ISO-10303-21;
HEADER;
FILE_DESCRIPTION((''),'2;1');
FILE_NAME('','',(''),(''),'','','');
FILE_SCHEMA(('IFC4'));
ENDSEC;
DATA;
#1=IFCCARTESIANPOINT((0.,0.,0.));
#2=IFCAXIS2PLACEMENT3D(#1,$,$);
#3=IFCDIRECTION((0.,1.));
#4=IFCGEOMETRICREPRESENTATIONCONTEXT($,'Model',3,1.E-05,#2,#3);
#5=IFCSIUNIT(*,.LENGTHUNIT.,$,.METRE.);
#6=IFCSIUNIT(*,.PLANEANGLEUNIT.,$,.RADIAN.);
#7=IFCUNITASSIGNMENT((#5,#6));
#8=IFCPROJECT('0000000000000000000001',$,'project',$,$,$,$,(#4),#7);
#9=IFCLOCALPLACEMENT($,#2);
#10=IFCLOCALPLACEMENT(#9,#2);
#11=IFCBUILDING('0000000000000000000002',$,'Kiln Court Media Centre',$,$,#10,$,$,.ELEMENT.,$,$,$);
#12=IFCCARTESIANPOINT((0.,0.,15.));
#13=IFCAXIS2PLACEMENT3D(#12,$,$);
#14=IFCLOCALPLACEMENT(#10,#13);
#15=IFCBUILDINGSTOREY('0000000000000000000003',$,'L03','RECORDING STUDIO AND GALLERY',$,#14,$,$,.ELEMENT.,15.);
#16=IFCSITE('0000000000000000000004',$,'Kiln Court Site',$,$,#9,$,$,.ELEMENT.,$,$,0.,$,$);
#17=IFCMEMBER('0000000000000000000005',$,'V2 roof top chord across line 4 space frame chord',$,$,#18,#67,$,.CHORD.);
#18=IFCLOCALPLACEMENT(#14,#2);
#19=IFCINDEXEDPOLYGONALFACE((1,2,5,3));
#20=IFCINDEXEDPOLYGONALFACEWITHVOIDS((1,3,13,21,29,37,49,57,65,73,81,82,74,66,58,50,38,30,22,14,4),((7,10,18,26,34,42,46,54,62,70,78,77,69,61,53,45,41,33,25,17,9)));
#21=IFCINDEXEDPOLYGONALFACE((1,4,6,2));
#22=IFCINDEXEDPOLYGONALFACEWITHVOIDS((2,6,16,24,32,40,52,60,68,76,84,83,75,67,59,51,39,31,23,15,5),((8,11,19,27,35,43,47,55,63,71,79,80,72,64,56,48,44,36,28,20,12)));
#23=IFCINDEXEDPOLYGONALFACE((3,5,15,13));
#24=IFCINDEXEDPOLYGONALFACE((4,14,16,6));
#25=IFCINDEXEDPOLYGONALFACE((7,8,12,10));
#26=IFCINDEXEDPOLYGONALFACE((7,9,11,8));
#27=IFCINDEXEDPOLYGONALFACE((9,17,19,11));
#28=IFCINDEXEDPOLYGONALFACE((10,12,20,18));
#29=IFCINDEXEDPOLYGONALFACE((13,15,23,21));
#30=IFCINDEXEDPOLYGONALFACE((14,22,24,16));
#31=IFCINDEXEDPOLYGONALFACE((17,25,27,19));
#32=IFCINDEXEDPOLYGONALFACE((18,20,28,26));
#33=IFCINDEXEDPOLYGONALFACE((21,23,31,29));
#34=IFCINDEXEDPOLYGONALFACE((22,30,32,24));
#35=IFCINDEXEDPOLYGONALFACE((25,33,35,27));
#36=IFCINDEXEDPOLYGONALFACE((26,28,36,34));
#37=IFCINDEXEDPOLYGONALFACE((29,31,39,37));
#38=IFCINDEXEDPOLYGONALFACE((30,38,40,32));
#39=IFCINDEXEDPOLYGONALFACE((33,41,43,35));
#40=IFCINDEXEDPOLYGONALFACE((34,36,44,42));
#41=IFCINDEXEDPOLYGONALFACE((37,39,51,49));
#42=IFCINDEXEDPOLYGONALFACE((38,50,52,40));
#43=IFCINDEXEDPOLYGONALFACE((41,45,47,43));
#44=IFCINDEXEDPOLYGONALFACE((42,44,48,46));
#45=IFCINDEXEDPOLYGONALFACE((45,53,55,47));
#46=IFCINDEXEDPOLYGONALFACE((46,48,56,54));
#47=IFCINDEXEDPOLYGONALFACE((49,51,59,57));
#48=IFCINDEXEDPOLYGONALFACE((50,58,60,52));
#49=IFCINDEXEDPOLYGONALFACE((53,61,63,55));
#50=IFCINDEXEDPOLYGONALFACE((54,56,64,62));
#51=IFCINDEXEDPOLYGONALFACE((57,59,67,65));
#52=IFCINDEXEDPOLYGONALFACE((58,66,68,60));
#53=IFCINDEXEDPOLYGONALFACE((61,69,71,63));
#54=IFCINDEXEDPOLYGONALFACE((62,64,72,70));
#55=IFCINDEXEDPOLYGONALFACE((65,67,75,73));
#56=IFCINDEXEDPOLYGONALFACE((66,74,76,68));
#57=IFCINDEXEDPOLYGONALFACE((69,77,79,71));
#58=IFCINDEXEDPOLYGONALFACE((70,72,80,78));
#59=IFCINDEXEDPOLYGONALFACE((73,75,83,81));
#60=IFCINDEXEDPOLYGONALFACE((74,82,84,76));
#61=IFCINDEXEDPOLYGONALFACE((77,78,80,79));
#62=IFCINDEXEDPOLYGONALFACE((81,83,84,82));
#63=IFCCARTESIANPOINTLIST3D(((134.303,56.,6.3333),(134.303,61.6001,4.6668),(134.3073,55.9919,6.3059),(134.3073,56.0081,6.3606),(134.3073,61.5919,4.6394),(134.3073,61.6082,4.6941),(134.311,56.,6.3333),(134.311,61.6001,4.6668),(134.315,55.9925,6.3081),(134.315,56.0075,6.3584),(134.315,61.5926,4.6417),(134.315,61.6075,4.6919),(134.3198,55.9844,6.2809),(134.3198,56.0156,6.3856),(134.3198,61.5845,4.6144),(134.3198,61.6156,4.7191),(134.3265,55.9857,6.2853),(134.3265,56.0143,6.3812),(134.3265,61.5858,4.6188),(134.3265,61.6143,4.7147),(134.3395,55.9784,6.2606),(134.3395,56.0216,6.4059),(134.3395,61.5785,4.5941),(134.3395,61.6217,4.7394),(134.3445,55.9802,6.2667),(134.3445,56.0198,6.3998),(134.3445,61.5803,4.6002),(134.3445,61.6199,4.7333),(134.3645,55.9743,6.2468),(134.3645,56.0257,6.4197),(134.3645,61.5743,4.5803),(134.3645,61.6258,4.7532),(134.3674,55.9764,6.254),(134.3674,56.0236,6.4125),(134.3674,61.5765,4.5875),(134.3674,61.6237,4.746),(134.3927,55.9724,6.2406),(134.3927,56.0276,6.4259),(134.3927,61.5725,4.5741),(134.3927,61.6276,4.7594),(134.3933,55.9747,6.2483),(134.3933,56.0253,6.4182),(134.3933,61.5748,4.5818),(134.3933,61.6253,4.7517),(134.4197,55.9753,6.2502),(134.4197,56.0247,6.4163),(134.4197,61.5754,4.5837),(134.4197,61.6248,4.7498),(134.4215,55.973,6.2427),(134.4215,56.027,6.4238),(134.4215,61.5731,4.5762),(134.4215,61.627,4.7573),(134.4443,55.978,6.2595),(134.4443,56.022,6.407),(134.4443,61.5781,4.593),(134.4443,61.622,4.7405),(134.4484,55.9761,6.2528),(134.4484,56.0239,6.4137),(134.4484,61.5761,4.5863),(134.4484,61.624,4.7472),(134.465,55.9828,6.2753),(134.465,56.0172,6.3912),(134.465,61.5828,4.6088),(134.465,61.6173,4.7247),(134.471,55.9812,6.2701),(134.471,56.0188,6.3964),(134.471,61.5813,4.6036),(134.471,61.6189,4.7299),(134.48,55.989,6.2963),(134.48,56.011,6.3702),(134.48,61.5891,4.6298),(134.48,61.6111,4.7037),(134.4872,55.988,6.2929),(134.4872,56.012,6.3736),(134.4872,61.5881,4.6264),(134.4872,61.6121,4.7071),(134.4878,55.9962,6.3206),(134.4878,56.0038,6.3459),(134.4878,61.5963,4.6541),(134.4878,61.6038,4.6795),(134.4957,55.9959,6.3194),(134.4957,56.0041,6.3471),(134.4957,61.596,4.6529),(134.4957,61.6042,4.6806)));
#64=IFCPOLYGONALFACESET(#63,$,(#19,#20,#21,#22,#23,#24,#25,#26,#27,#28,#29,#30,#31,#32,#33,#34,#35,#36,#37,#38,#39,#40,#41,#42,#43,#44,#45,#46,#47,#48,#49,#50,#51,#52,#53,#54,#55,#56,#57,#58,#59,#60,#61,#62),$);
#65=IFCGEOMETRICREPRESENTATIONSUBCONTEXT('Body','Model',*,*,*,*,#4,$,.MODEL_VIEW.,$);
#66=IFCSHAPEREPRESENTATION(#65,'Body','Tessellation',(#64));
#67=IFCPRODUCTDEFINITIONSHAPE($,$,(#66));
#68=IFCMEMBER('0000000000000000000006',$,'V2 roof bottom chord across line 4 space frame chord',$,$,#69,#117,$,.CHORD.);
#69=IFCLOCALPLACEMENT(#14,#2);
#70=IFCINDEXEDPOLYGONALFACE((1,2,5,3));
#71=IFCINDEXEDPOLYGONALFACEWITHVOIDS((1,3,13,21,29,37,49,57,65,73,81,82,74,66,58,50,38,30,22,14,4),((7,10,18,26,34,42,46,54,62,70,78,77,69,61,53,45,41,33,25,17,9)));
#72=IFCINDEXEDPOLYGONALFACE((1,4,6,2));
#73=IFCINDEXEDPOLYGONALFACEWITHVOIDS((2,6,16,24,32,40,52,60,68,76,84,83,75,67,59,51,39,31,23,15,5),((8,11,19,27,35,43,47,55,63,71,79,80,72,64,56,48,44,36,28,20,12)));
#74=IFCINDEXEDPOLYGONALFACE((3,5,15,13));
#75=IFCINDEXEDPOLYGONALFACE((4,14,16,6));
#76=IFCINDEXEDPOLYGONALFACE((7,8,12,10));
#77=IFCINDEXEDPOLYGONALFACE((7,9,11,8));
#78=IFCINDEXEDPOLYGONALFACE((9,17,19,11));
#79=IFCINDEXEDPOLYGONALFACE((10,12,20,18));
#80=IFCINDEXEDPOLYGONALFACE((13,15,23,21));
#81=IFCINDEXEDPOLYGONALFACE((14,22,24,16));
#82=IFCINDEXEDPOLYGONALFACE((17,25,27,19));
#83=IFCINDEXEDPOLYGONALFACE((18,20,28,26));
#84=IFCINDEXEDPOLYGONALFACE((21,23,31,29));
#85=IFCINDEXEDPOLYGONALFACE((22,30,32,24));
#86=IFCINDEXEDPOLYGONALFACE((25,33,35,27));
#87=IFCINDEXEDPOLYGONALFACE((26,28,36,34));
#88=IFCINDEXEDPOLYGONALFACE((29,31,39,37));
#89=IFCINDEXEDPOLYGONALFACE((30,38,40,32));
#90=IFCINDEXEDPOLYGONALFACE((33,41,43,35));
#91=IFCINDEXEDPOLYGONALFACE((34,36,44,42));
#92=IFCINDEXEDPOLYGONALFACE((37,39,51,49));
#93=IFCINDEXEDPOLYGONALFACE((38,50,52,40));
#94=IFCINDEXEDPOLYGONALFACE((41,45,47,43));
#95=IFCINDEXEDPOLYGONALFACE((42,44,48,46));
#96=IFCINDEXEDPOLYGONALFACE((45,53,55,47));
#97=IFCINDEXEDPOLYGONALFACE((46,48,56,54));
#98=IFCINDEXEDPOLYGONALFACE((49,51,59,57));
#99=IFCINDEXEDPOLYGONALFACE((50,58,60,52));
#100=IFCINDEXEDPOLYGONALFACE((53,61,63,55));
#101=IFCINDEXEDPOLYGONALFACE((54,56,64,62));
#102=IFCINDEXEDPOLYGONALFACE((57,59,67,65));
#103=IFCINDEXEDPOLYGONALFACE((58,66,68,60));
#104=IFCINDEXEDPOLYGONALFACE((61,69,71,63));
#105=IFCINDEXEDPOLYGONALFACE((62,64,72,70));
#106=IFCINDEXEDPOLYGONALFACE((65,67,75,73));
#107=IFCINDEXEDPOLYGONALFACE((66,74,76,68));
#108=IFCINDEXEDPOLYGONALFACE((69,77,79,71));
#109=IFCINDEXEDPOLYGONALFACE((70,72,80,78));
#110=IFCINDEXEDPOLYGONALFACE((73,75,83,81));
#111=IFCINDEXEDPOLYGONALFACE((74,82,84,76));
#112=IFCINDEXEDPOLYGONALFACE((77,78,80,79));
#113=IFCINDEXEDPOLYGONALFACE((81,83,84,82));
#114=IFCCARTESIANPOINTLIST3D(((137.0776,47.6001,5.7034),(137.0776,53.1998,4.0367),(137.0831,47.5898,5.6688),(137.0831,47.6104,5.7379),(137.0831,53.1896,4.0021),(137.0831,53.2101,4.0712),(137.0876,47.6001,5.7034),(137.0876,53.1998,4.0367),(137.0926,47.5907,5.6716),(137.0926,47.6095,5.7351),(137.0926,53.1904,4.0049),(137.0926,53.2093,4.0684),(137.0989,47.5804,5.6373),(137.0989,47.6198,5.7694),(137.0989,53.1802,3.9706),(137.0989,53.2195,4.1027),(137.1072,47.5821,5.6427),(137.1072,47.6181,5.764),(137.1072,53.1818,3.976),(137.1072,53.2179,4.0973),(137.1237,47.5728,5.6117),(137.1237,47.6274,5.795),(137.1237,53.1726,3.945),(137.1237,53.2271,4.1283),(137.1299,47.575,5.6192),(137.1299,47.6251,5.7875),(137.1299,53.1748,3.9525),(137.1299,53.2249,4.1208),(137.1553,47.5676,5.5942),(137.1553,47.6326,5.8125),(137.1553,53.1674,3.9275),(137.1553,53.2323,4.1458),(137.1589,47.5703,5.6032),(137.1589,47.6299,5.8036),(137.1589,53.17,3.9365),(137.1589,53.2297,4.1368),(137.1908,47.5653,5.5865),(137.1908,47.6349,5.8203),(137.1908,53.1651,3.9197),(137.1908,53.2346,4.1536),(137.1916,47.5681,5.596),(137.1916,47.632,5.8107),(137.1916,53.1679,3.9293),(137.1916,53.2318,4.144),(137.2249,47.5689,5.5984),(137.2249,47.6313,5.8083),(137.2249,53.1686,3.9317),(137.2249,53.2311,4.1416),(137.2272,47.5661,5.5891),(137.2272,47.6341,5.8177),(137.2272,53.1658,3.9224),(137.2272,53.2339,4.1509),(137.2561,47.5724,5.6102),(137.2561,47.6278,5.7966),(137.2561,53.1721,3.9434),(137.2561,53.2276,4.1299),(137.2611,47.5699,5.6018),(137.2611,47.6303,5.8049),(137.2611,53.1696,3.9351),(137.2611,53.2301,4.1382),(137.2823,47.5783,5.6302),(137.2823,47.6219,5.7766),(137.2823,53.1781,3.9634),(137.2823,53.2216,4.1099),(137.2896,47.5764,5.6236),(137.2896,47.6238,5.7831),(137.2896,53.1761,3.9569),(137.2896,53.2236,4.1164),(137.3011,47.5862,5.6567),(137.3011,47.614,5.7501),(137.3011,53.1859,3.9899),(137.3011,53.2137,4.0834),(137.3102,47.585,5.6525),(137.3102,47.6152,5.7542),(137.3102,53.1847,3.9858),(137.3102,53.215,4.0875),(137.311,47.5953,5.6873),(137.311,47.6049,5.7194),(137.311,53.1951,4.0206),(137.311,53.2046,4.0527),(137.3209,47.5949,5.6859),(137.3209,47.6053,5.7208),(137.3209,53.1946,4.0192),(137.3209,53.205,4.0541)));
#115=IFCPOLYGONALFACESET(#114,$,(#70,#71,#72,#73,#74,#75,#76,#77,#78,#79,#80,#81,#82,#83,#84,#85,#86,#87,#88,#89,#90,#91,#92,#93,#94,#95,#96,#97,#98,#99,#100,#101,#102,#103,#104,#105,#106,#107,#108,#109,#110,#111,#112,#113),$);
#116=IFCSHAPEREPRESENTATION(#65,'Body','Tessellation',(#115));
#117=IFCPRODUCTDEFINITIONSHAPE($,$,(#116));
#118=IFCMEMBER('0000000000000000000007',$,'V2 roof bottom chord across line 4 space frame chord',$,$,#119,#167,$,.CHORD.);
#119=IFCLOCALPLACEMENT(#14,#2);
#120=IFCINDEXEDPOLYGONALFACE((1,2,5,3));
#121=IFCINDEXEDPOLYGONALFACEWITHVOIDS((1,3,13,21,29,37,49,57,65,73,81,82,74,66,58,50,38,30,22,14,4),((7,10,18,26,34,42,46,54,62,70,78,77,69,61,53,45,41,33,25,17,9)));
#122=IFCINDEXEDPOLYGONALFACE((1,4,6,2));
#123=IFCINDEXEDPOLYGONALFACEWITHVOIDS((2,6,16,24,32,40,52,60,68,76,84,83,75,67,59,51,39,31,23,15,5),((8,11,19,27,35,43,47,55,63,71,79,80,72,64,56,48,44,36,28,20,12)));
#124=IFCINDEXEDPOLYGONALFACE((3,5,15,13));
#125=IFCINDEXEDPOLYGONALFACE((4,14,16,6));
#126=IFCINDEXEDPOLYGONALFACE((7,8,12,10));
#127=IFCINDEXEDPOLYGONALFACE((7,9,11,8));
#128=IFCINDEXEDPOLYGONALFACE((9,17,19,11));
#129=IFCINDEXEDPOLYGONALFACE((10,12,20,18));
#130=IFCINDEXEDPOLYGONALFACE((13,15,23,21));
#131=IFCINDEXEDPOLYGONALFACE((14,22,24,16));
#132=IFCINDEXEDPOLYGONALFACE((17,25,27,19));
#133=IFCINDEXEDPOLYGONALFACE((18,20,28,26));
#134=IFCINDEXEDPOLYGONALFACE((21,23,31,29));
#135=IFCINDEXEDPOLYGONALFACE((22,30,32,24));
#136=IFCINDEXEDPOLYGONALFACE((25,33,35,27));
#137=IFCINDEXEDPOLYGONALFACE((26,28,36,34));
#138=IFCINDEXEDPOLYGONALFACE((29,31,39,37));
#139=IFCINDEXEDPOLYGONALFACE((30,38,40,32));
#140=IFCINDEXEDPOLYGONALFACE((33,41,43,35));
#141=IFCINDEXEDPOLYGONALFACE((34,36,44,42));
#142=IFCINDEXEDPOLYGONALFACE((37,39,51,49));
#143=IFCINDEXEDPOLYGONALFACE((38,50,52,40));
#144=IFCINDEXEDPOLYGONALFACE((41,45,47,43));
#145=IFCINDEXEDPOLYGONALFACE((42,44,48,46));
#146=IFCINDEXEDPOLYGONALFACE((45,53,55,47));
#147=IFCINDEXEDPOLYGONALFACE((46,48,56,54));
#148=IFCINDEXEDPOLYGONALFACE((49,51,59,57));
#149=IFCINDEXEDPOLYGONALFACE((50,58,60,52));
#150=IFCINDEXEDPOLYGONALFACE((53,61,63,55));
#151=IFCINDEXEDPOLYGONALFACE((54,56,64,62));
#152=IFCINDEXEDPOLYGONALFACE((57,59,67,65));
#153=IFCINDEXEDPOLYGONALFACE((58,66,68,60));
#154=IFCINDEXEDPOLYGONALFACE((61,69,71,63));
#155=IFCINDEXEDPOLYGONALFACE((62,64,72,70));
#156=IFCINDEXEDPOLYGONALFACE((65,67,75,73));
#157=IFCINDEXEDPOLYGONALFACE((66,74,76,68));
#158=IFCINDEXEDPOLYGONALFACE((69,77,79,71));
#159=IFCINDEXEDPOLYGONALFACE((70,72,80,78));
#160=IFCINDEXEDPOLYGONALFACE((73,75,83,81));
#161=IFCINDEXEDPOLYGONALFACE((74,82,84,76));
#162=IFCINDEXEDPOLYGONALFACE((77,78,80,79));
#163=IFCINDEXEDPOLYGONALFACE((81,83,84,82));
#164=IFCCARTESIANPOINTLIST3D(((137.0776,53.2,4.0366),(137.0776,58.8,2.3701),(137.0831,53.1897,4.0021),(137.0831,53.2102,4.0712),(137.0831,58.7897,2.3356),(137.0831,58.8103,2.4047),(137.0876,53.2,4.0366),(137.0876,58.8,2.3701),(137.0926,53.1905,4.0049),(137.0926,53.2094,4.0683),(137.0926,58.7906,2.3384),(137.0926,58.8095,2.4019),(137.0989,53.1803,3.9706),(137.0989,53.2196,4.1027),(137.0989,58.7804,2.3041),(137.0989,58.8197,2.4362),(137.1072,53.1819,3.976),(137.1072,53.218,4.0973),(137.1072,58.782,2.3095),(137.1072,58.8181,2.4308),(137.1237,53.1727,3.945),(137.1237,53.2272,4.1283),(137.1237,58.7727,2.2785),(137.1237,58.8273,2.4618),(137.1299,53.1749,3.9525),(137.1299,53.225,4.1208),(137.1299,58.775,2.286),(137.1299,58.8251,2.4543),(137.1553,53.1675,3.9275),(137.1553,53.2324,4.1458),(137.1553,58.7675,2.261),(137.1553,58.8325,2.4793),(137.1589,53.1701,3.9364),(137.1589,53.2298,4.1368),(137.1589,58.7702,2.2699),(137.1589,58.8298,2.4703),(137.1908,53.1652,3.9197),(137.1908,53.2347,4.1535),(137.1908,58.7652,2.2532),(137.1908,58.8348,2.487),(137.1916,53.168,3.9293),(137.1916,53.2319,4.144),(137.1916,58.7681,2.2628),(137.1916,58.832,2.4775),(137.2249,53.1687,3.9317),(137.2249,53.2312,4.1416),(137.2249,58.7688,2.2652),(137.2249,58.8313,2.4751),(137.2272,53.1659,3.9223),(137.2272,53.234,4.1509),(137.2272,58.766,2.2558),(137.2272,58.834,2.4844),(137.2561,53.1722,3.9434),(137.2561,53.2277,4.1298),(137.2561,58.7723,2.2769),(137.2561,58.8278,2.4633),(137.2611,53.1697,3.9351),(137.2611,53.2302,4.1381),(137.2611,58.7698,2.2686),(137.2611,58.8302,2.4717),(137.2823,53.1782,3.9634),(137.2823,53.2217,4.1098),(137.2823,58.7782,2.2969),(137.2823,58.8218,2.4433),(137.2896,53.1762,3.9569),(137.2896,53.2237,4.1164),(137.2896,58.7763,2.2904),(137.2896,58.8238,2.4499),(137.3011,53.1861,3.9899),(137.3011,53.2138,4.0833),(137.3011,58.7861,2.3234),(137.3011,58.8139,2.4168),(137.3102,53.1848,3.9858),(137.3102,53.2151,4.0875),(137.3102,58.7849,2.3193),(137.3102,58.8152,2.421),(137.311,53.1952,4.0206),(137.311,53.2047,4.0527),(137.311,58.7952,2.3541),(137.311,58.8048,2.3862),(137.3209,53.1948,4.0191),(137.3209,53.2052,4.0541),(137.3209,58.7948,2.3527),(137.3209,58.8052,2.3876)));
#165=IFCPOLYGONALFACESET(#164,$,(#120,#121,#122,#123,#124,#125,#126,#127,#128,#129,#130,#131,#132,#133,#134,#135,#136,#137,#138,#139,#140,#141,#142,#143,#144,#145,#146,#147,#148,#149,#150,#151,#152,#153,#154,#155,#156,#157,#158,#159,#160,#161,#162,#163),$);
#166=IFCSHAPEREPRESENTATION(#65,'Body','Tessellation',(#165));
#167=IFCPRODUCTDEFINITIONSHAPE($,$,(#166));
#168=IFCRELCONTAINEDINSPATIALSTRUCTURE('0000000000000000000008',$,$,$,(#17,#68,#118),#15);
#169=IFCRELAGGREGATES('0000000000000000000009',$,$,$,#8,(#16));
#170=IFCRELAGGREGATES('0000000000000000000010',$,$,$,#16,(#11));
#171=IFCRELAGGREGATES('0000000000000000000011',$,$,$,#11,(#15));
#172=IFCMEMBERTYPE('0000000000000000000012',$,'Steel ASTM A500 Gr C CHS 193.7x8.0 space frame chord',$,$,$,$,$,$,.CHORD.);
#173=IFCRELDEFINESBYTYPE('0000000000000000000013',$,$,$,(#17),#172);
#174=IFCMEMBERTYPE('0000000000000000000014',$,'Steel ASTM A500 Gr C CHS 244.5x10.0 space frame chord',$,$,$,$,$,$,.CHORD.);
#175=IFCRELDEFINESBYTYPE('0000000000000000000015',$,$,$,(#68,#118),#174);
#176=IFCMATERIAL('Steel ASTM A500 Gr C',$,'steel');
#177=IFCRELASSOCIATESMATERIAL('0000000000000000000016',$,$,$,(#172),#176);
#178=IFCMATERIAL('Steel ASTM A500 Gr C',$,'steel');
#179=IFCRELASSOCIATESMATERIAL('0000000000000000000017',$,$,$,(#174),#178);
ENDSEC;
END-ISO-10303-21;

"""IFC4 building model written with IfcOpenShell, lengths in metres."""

from ifc_helpers import new_model, si_unit, direction, frame, origin, origin_2d, place, context, subcontext, project, spatial, hollow_circle, extrude, material, material_profile, profile_set, type_object, element, save


model = new_model("IFC4")

# Units and contexts
model_context = context("Model", 3, precision=1e-05, world=origin(), true_north=direction((0.0, 1.0)))
body_context = subcontext(model_context, "Body", "Model", "MODEL_VIEW")
ifc_project = project(units=[si_unit("LENGTHUNIT", "METRE"), si_unit("PLANEANGLEUNIT", "RADIAN")], contexts=[model_context])

# Site, building, storey
site_placement = place(None, origin())
site = spatial("IfcSite", under=ifc_project, at=site_placement, Name="Kiln Court Site", CompositionType="ELEMENT", RefElevation=0.0)
building_placement = place(site_placement, origin())
building = spatial("IfcBuilding", under=site, at=building_placement, Name="Kiln Court Media Centre", CompositionType="ELEMENT")
storey_placement = place(building_placement, frame((0.0, 0.0, 15.0)))
storey = spatial("IfcBuildingStorey", under=building, at=storey_placement, Name="L03", Description="RECORDING STUDIO AND GALLERY", CompositionType="ELEMENT", Elevation=15.0)

# Members
ifc_material_1 = material(Name="Steel ASTM A500 Gr C", Category="steel")
ifc_material_profile_1 = material_profile(ifc_material_1, hollow_circle(Radius=0.0969, WallThickness=0.0081, at=origin_2d()), Name="CHS 193.7x8.0")
ifc_profile_set_1 = profile_set([ifc_material_profile_1], Name="Steel ASTM A500 Gr C")
member_type_1 = type_object("IfcMemberType", Name="Steel ASTM A500 Gr C CHS 193.7x8.0 space frame chord", PredefinedType="CHORD", material=ifc_profile_set_1)
member_1_placement = place(storey_placement, frame((134.3999, 56.0, 6.3333), z_axis=(0.0, 0.958461, -0.285223), x_axis=(-1.0, 0.0, 0.0)))
element("IfcMember", 1, at=member_1_placement, inside=storey, type_object=member_type_1, Name="V2 roof top chord across line 4 space frame chord", PredefinedType="CHORD", context=body_context, shape_type="SweptSolid", body=[
    extrude(hollow_circle(Radius=0.0969, WallThickness=0.0081, at=origin_2d()), origin(), (0.0, 0.0, 1.0), 5.8428),
])
ifc_material_2 = material(Name="Steel ASTM A500 Gr C", Category="steel")
ifc_material_profile_2 = material_profile(ifc_material_2, hollow_circle(Radius=0.1223, WallThickness=0.01, at=origin_2d()), Name="CHS 244.5x10.0")
ifc_profile_set_2 = profile_set([ifc_material_profile_2], Name="Steel ASTM A500 Gr C")
member_type_2 = type_object("IfcMemberType", Name="Steel ASTM A500 Gr C CHS 244.5x10.0 space frame chord", PredefinedType="CHORD", material=ifc_profile_set_2)
member_2_placement = place(storey_placement, frame((137.2, 47.6001, 5.7034), z_axis=(0.0, 0.958446, -0.285273), x_axis=(-1.0, 0.0, 0.0)))
element("IfcMember", 2, at=member_2_placement, inside=storey, type_object=member_type_2, Name="V2 roof bottom chord across line 4 space frame chord", PredefinedType="CHORD", context=body_context, shape_type="SweptSolid", body=[
    extrude(hollow_circle(Radius=0.1223, WallThickness=0.01, at=origin_2d()), origin(), (0.0, 0.0, 1.0), 5.8425),
])
member_3_placement = place(storey_placement, frame((137.2, 53.2, 4.0366), z_axis=(0.0, 0.958461, -0.285223), x_axis=(-1.0, 0.0, 0.0)))
element("IfcMember", 3, at=member_3_placement, inside=storey, type_object=member_type_2, Name="V2 roof bottom chord across line 4 space frame chord", PredefinedType="CHORD", context=body_context, shape_type="SweptSolid", body=[
    extrude(hollow_circle(Radius=0.1223, WallThickness=0.01, at=origin_2d()), origin(), (0.0, 0.0, 1.0), 5.8428),
])

save(model, "model.ifc")
